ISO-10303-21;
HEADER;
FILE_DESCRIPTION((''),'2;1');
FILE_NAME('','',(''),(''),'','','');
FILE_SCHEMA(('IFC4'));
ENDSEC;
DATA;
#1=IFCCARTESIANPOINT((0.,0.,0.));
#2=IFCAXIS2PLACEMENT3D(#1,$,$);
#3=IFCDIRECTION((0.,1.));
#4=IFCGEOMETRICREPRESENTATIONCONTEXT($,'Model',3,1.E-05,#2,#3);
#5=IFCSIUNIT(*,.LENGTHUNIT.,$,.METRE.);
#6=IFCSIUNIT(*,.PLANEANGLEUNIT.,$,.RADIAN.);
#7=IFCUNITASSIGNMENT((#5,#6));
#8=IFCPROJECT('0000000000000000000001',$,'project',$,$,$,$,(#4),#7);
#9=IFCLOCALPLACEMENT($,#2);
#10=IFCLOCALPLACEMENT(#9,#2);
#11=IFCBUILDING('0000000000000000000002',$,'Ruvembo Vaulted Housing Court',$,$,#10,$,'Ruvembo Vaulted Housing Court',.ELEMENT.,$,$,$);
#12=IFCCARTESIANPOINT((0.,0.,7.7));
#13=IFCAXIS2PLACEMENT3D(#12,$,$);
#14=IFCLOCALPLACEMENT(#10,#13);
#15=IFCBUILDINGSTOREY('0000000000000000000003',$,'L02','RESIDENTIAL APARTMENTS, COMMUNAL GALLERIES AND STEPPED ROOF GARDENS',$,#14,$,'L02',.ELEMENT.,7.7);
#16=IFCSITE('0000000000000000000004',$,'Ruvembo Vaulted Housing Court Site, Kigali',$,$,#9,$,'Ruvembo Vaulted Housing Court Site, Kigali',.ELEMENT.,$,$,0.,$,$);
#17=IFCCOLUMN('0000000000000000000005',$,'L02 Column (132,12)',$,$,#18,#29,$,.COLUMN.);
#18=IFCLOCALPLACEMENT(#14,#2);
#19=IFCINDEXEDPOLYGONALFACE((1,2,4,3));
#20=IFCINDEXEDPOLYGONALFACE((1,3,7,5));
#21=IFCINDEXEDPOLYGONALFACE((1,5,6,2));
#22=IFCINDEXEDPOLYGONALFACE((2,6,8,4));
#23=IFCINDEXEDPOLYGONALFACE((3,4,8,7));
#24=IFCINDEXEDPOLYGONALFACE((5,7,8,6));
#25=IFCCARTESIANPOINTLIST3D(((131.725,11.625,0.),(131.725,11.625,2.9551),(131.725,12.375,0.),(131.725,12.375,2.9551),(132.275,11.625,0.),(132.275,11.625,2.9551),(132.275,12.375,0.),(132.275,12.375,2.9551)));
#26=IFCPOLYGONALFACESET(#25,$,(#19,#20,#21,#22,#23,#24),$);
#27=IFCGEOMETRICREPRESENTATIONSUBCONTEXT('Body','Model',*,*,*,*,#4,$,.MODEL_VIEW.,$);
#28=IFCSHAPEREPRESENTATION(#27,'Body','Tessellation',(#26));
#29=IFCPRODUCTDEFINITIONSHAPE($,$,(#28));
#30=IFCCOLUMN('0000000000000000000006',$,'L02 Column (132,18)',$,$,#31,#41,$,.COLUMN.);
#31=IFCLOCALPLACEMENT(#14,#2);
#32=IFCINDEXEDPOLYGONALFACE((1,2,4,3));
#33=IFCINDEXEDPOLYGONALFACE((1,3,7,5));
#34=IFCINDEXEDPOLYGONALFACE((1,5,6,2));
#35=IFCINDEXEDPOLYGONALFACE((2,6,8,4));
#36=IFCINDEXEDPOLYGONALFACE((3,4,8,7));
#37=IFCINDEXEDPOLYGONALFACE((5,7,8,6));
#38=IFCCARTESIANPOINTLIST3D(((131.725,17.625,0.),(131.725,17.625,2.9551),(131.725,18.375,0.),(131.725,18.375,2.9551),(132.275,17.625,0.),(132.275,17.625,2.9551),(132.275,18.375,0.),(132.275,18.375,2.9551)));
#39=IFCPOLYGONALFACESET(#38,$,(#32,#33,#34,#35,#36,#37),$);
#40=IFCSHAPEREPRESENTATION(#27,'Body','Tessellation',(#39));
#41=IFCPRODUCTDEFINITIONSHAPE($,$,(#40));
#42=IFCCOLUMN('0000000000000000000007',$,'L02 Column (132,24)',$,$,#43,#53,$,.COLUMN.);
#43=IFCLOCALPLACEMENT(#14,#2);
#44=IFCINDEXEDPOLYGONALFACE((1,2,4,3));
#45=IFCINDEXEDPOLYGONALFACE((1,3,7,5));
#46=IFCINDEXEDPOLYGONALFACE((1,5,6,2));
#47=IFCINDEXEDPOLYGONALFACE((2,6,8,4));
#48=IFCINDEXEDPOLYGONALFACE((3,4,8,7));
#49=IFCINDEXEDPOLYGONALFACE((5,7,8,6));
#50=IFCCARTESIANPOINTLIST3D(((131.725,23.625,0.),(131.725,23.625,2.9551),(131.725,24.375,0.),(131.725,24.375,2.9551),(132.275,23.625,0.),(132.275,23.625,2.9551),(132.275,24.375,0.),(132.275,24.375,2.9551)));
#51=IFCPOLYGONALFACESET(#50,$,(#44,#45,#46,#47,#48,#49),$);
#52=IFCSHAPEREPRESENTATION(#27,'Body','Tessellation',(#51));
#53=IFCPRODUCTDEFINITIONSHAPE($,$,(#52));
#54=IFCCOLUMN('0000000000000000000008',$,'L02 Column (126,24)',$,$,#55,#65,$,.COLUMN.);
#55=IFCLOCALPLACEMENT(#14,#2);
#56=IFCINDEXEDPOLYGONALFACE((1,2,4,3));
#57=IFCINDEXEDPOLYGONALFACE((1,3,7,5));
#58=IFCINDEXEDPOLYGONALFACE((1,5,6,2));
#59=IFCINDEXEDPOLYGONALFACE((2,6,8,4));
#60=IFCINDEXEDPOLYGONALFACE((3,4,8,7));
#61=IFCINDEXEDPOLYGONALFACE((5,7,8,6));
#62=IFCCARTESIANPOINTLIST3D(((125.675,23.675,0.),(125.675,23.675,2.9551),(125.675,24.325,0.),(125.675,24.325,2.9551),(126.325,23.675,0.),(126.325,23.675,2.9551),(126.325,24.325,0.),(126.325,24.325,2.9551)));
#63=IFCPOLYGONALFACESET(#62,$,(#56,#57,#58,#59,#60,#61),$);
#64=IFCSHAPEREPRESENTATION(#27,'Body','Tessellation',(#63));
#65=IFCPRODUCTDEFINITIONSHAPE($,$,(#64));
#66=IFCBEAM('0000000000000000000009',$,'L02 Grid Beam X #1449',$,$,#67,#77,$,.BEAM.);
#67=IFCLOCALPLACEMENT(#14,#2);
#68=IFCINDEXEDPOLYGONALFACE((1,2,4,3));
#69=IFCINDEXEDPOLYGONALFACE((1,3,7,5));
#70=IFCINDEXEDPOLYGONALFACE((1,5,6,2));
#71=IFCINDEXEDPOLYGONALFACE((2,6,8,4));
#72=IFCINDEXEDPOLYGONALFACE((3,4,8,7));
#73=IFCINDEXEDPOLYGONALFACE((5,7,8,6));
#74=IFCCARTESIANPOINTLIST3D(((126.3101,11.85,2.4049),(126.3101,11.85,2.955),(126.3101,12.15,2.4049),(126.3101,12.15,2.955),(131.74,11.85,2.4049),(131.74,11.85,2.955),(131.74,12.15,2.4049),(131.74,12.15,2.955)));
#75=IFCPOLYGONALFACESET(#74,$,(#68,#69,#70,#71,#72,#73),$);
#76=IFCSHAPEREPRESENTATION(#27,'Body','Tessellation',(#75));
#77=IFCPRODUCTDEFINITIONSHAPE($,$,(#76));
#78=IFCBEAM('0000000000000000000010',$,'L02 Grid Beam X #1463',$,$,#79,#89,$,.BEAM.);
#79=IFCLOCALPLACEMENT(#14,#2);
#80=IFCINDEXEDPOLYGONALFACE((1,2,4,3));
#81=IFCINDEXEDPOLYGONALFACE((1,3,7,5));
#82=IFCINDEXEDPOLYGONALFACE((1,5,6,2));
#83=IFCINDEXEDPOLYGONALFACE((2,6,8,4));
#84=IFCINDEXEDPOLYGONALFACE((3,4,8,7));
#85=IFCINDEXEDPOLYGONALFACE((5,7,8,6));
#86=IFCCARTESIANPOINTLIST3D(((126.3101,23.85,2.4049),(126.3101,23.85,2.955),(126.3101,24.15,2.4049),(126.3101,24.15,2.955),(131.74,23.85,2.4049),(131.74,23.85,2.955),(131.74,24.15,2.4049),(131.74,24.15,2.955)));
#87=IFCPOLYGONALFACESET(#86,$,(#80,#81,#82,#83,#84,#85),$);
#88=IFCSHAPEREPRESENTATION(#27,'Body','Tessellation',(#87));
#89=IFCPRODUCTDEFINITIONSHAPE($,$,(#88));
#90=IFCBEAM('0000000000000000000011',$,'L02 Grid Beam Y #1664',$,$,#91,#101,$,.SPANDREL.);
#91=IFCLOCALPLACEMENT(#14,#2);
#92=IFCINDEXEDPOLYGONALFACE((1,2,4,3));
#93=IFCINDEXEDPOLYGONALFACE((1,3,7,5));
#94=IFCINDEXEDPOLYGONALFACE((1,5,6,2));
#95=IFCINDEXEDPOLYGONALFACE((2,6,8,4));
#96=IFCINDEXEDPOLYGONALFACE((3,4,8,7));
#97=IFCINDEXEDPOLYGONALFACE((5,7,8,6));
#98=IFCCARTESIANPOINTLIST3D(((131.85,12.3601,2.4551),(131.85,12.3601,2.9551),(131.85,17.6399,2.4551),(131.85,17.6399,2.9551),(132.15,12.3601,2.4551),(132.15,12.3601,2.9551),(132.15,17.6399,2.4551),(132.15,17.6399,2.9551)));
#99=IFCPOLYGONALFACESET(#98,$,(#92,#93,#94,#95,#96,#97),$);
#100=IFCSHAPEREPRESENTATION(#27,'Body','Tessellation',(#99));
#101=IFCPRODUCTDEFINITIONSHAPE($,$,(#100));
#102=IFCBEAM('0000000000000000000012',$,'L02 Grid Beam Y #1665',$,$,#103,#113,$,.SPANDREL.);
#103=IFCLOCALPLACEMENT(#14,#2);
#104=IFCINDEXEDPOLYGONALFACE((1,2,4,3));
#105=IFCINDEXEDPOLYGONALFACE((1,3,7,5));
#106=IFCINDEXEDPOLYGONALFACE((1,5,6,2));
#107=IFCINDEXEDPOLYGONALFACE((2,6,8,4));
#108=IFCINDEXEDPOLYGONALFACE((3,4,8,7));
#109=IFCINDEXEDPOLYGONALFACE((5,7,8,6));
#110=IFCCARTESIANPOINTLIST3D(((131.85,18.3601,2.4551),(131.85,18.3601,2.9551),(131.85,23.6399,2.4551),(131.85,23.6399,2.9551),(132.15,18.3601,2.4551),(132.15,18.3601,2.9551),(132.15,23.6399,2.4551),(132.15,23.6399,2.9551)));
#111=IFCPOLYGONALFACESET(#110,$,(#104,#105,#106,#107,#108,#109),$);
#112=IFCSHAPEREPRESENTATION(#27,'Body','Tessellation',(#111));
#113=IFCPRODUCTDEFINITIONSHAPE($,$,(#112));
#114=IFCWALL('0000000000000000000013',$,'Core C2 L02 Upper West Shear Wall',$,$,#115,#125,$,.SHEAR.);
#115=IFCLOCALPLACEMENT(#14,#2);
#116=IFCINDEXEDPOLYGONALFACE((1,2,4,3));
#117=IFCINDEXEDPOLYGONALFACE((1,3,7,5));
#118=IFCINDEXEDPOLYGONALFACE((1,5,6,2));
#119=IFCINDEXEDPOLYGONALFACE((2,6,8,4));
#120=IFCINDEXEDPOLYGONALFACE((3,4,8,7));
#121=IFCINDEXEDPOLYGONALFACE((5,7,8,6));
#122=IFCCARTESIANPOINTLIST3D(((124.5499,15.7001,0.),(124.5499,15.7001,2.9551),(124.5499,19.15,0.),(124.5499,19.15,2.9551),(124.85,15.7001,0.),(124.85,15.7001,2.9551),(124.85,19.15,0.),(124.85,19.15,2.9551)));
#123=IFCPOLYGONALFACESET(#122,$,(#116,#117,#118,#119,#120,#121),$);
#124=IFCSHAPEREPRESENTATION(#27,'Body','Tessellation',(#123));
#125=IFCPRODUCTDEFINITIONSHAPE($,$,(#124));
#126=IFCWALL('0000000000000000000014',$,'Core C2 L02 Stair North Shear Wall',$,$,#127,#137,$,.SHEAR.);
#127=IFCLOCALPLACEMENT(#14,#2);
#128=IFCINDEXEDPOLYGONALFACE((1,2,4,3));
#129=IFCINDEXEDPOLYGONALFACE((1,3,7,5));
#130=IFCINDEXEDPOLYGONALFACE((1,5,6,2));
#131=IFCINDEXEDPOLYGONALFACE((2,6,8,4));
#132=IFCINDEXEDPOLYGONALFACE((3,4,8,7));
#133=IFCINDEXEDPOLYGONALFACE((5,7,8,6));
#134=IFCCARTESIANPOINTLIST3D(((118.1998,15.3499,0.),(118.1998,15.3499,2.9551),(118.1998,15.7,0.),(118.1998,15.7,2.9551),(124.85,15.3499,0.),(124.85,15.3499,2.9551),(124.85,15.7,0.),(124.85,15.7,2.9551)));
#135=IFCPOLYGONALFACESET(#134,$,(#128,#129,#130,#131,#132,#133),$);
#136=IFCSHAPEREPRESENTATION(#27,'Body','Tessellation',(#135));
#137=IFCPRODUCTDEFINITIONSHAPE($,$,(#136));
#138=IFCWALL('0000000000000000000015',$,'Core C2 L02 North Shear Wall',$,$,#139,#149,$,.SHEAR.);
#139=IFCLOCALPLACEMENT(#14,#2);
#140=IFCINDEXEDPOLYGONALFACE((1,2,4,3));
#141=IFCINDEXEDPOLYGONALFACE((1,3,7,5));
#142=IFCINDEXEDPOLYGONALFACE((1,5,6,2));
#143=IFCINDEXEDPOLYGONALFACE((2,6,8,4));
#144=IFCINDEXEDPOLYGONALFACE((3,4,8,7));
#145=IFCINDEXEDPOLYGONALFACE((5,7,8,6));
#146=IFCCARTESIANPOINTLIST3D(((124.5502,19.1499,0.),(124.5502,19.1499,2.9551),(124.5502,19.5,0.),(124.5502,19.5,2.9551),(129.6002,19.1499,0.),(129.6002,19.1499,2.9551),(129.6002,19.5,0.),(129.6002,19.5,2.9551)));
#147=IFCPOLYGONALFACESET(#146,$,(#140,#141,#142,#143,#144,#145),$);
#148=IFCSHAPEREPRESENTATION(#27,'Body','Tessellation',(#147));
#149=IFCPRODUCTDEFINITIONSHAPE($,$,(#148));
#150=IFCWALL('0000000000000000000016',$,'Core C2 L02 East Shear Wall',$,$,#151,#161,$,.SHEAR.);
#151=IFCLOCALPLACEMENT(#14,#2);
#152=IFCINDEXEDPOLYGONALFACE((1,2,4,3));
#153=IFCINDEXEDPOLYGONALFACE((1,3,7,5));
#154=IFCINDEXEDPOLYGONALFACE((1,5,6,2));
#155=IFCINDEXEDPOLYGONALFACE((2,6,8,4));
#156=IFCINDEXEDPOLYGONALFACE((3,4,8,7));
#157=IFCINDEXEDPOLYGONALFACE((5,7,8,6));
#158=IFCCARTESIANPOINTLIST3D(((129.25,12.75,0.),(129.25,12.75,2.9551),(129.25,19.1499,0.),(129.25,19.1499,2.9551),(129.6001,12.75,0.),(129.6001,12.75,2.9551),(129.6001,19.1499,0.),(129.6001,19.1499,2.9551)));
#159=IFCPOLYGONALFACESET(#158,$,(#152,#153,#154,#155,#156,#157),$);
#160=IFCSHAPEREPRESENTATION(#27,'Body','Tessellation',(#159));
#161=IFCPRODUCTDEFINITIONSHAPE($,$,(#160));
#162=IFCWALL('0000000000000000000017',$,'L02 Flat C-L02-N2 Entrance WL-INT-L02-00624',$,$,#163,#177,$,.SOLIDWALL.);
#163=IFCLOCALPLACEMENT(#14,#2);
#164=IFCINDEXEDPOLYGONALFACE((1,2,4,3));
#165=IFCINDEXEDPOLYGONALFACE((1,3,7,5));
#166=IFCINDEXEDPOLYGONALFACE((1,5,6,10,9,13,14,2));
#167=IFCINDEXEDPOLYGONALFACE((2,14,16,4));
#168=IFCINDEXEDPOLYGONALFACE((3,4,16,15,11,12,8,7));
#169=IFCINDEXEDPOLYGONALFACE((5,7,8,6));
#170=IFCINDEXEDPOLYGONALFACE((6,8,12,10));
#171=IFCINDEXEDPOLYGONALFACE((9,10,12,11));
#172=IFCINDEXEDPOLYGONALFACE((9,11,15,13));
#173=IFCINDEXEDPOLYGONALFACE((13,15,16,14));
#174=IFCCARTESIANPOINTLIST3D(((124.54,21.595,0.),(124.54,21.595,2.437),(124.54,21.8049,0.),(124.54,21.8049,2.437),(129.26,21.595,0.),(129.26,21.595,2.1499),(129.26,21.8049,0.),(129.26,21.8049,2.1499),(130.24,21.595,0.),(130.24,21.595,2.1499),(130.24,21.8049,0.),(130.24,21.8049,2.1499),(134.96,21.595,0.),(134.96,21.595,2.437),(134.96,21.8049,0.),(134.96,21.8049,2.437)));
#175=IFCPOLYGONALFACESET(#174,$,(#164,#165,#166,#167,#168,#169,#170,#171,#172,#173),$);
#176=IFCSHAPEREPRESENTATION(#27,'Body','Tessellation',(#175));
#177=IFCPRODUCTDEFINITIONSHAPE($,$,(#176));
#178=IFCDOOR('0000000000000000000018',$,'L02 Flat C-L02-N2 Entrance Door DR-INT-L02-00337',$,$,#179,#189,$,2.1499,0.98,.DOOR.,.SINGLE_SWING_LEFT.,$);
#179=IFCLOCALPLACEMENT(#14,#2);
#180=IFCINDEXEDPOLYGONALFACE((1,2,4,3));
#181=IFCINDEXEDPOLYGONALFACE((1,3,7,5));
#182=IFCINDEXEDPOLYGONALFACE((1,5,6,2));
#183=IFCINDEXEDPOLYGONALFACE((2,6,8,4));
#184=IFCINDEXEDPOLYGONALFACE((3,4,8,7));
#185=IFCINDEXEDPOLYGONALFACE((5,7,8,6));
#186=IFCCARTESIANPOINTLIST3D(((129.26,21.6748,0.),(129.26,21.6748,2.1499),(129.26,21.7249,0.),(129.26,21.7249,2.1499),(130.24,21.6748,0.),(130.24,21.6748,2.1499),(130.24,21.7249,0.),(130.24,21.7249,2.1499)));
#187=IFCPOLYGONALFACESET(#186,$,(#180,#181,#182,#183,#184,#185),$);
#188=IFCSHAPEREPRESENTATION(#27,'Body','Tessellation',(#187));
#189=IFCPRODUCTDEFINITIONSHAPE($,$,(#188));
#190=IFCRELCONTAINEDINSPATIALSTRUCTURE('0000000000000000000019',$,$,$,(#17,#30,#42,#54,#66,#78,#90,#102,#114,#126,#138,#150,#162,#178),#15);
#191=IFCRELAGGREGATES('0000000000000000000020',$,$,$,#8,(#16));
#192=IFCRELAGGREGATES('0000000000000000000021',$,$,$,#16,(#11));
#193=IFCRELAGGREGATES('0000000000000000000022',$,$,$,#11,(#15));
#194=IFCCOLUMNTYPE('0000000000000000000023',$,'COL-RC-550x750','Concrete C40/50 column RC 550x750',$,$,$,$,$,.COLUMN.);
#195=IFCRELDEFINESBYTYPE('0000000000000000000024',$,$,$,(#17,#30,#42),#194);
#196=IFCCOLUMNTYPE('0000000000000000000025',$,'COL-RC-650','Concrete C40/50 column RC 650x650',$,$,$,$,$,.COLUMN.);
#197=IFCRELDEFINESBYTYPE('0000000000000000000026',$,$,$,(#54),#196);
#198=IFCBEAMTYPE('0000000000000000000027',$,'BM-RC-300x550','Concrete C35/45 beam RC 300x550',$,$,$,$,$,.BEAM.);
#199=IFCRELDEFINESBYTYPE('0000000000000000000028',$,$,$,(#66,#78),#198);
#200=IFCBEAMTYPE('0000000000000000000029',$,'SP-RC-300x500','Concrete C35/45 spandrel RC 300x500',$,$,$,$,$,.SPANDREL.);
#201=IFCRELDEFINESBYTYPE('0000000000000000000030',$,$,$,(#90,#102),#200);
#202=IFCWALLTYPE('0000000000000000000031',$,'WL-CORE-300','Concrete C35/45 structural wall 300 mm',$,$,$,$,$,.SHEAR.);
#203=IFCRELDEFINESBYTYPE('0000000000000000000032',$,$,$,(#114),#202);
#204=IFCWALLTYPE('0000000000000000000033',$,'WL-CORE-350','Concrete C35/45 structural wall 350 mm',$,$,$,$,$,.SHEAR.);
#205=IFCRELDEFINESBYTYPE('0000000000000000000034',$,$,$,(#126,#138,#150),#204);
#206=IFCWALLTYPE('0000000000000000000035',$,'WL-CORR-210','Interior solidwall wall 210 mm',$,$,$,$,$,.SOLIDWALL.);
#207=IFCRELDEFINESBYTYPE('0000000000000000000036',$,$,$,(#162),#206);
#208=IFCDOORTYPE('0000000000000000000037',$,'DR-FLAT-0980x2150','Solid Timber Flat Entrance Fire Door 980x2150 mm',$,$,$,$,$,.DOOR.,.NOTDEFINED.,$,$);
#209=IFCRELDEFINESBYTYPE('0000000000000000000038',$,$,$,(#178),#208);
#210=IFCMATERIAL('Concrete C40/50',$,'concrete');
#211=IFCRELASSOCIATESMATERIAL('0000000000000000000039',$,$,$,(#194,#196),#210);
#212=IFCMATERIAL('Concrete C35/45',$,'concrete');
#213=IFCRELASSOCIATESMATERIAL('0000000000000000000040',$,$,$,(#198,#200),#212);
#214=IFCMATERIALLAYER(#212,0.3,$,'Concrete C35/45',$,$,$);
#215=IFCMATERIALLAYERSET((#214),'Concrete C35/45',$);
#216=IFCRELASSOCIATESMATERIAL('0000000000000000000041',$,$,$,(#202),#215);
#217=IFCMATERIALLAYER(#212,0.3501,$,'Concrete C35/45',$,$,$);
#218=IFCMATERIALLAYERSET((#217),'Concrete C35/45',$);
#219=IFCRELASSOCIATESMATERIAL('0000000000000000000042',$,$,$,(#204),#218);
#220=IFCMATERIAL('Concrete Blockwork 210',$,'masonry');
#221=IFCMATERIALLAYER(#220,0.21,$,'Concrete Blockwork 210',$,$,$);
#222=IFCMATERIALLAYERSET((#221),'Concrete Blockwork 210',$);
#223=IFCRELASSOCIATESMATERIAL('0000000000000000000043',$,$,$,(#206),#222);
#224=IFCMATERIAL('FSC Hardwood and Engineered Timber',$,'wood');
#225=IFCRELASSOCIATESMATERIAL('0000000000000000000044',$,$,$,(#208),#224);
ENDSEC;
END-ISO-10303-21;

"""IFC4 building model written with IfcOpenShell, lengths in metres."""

from ifc_helpers import new_model, si_unit, direction, frame, frame_2d, origin, origin_2d, place, context, subcontext, project, spatial, rectangle, extrude, material, layer, layer_set, material_profile, profile_set, type_object, element, fill, save


model = new_model("IFC4")

# Units and contexts
model_context = context("Model", 3, precision=1e-05, world=origin(), true_north=direction((0.0, 1.0)))
body_context = subcontext(model_context, "Body", "Model", "MODEL_VIEW")
ifc_project = project(units=[si_unit("LENGTHUNIT", "METRE"), si_unit("PLANEANGLEUNIT", "RADIAN")], contexts=[model_context])

# Site, building, storey
site_placement = place(None, origin())
site = spatial("IfcSite", under=ifc_project, at=site_placement, Name="Ruvembo Vaulted Housing Court Site, Kigali", LongName="Ruvembo Vaulted Housing Court Site, Kigali", CompositionType="ELEMENT", RefElevation=0.0)
building_placement = place(site_placement, origin())
building = spatial("IfcBuilding", under=site, at=building_placement, Name="Ruvembo Vaulted Housing Court", LongName="Ruvembo Vaulted Housing Court", CompositionType="ELEMENT")
storey_placement = place(building_placement, frame((0.0, 0.0, 7.7)))
storey = spatial("IfcBuildingStorey", under=building, at=storey_placement, Name="L02", Description="RESIDENTIAL APARTMENTS, COMMUNAL GALLERIES AND STEPPED ROOF GARDENS", LongName="L02", CompositionType="ELEMENT", Elevation=7.7)

# Columns
ifc_material_1 = material(Name="Concrete C40/50", Category="concrete")
ifc_material_profile_1 = material_profile(ifc_material_1, rectangle(XDim=0.55, YDim=0.75, at=origin_2d()), Name="RC 550x750")
ifc_profile_set_1 = profile_set([ifc_material_profile_1], Name="Concrete C40/50")
column_type_1 = type_object("IfcColumnType", Name="COL-RC-550x750", Description="Concrete C40/50 column RC 550x750", PredefinedType="COLUMN", material=ifc_profile_set_1)
for number, where, z_axis, x_axis, name in (
    (1, (132.0, 12.0, 0.0), (0.0, 0.0, 1.0), (1.0, 0.0, 0.0), "L02 Column (132,12)"),
    (2, (132.0, 18.0, 0.0), (0.0, 0.0, 1.0), (1.0, 0.0, 0.0), "L02 Column (132,18)"),
    (3, (132.0, 24.0, 0.0), (0.0, 0.0, 1.0), (1.0, 0.0, 0.0), "L02 Column (132,24)"),
):
    element("IfcColumn", number, at=place(storey_placement, frame(where, z_axis=z_axis, x_axis=x_axis)), inside=storey, type_object=column_type_1, Name=name, PredefinedType="COLUMN", context=body_context, shape_type="SweptSolid", body=[
        extrude(rectangle(XDim=0.55, YDim=0.75, at=origin_2d()), origin(), (0.0, 0.0, 1.0), 2.9551),
    ])
ifc_material_profile_2 = material_profile(ifc_material_1, rectangle(XDim=0.6499, YDim=0.6499, at=origin_2d()), Name="RC 650x650")
ifc_profile_set_2 = profile_set([ifc_material_profile_2], Name="Concrete C40/50")
column_type_2 = type_object("IfcColumnType", Name="COL-RC-650", Description="Concrete C40/50 column RC 650x650", PredefinedType="COLUMN", material=ifc_profile_set_2)
column_placement = place(storey_placement, frame((126.0, 24.0, 0.0), z_axis=(0.0, 0.0, 1.0), x_axis=(1.0, 0.0, 0.0)))
element("IfcColumn", 4, at=column_placement, inside=storey, type_object=column_type_2, Name="L02 Column (126,24)", PredefinedType="COLUMN", context=body_context, shape_type="SweptSolid", body=[
    extrude(rectangle(XDim=0.6499, YDim=0.6499, at=origin_2d()), origin(), (0.0, 0.0, 1.0), 2.9551),
])

# Beams
ifc_material_2 = material(Name="Concrete C35/45", Category="concrete")
ifc_material_profile_3 = material_profile(ifc_material_2, rectangle(XDim=0.3, YDim=0.55, at=origin_2d()), Name="RC 300x550")
ifc_profile_set_3 = profile_set([ifc_material_profile_3], Name="Concrete C35/45")
beam_type_1 = type_object("IfcBeamType", Name="BM-RC-300x550", Description="Concrete C35/45 beam RC 300x550", PredefinedType="BEAM", material=ifc_profile_set_3)
for number, where, z_axis, x_axis, name in (
    (5, (126.3101, 12.0, 2.6799), (1.0, 0.0, 0.0), (0.0, 1.0, 0.0), "L02 Grid Beam X #1449"),
    (6, (126.3101, 24.0, 2.6799), (1.0, 0.0, 0.0), (0.0, 1.0, 0.0), "L02 Grid Beam X #1463"),
):
    element("IfcBeam", number, at=place(storey_placement, frame(where, z_axis=z_axis, x_axis=x_axis)), inside=storey, type_object=beam_type_1, Name=name, PredefinedType="BEAM", context=body_context, shape_type="SweptSolid", body=[
        extrude(rectangle(XDim=0.3, YDim=0.55, at=origin_2d()), origin(), (0.0, 0.0, 1.0), 5.4299),
    ])
ifc_material_profile_4 = material_profile(ifc_material_2, rectangle(XDim=0.3, YDim=0.5, at=origin_2d()), Name="RC 300x500")
ifc_profile_set_4 = profile_set([ifc_material_profile_4], Name="Concrete C35/45")
beam_type_2 = type_object("IfcBeamType", Name="SP-RC-300x500", Description="Concrete C35/45 spandrel RC 300x500", PredefinedType="SPANDREL", material=ifc_profile_set_4)
for number, where, z_axis, x_axis, name in (
    (7, (132.0, 12.3601, 2.7051), (0.0, 1.0, 0.0), (-1.0, 0.0, 0.0), "L02 Grid Beam Y #1664"),
    (8, (132.0, 18.3601, 2.7051), (0.0, 1.0, 0.0), (-1.0, 0.0, 0.0), "L02 Grid Beam Y #1665"),
):
    element("IfcBeam", number, at=place(storey_placement, frame(where, z_axis=z_axis, x_axis=x_axis)), inside=storey, type_object=beam_type_2, Name=name, PredefinedType="SPANDREL", context=body_context, shape_type="SweptSolid", body=[
        extrude(rectangle(XDim=0.3, YDim=0.5, at=origin_2d()), origin(), (0.0, 0.0, 1.0), 5.2798),
    ])

# Shared definitions
ifc_layer_1 = layer(ifc_material_2, 0.3, Name="Concrete C35/45")
ifc_layer_set_1 = layer_set([ifc_layer_1], Name="Concrete C35/45")
wall_type_1 = type_object("IfcWallType", Name="WL-CORE-300", Description="Concrete C35/45 structural wall 300 mm", PredefinedType="SHEAR", material=ifc_layer_set_1)

# Walls
wall_1_placement = place(storey_placement, frame((124.7, 15.7, 0.0), z_axis=(0.0, 0.0, 1.0), x_axis=(0.0, 1.0, 0.0)))
element("IfcWall", 9, at=wall_1_placement, inside=storey, type_object=wall_type_1, Name="Core C2 L02 Upper West Shear Wall", PredefinedType="SHEAR", context=body_context, shape_type="SweptSolid", body=[
    extrude(rectangle(XDim=3.45, YDim=0.3, at=frame_2d((1.7251, 0.0))), origin(), (0.0, 0.0, 1.0), 2.9551),
])
ifc_layer_2 = layer(ifc_material_2, 0.3501, Name="Concrete C35/45")
ifc_layer_set_2 = layer_set([ifc_layer_2], Name="Concrete C35/45")
wall_type_2 = type_object("IfcWallType", Name="WL-CORE-350", Description="Concrete C35/45 structural wall 350 mm", PredefinedType="SHEAR", material=ifc_layer_set_2)
wall_2_placement = place(storey_placement, frame((124.8501, 15.5249, 0.0), z_axis=(0.0, 0.0, 1.0), x_axis=(-1.0, 0.0, 0.0)))
element("IfcWall", 10, at=wall_2_placement, inside=storey, type_object=wall_type_2, Name="Core C2 L02 Stair North Shear Wall", PredefinedType="SHEAR", context=body_context, shape_type="SweptSolid", body=[
    extrude(rectangle(XDim=6.6501, YDim=0.3501, at=frame_2d((3.3252, 0.0))), origin(), (0.0, 0.0, 1.0), 2.9551),
])
wall_3_placement = place(storey_placement, frame((129.6001, 19.325, 0.0), z_axis=(0.0, 0.0, 1.0), x_axis=(-1.0, 0.0, 0.0)))
element("IfcWall", 11, at=wall_3_placement, inside=storey, type_object=wall_type_2, Name="Core C2 L02 North Shear Wall", PredefinedType="SHEAR", context=body_context, shape_type="SweptSolid", body=[
    extrude(rectangle(XDim=5.05, YDim=0.3501, at=frame_2d((2.5249, 0.0))), origin(), (0.0, 0.0, 1.0), 2.9551),
])
wall_4_placement = place(storey_placement, frame((129.425, 12.75, 0.0), z_axis=(0.0, 0.0, 1.0), x_axis=(0.0, 1.0, 0.0)))
element("IfcWall", 12, at=wall_4_placement, inside=storey, type_object=wall_type_2, Name="Core C2 L02 East Shear Wall", PredefinedType="SHEAR", context=body_context, shape_type="SweptSolid", body=[
    extrude(rectangle(XDim=6.3999, YDim=0.3501, at=frame_2d((3.2, 0.0))), origin(), (0.0, 0.0, 1.0), 2.9551),
])

# Wall, opening, door
ifc_material_3 = material(Name="Concrete Blockwork 210", Category="masonry")
ifc_layer_3 = layer(ifc_material_3, 0.21, Name="Concrete Blockwork 210")
ifc_layer_set_3 = layer_set([ifc_layer_3], Name="Concrete Blockwork 210")
wall_type_3 = type_object("IfcWallType", Name="WL-CORR-210", Description="Interior solidwall wall 210 mm", PredefinedType="SOLIDWALL", material=ifc_layer_set_3)
wall_5_placement = place(storey_placement, frame((124.54, 21.7, 0.0), z_axis=(0.0, 0.0, 1.0), x_axis=(1.0, 0.0, 0.0)))
wall_5 = element("IfcWall", 13, at=wall_5_placement, inside=storey, type_object=wall_type_3, Name="L02 Flat C-L02-N2 Entrance WL-INT-L02-00624", PredefinedType="SOLIDWALL", context=body_context, shape_type="SweptSolid", body=[
    extrude(rectangle(XDim=10.4199, YDim=0.21, at=frame_2d((5.21, 0.0))), origin(), (0.0, 0.0, 1.0), 2.437),
])
opening_1_placement = place(wall_5_placement, frame((4.72, 0.0, 0.0)))
opening_1 = element("IfcOpeningElement", 14, at=opening_1_placement, cuts=wall_5, PredefinedType="OPENING", context=body_context, shape_type="SweptSolid", body=[
    extrude(rectangle(XDim=0.98, YDim=2.1499, at=frame_2d((0.49, 1.075))), frame((0.0, 0.115, 0.0), z_axis=(0.0, -1.0, 0.0), x_axis=(1.0, 0.0, 0.0)), (0.0, 0.0, 1.0), 0.23),
])
ifc_material_4 = material(Name="FSC Hardwood and Engineered Timber", Category="wood")
door_type_1 = type_object("IfcDoorType", Name="DR-FLAT-0980x2150", Description="Solid Timber Flat Entrance Fire Door 980x2150 mm", OperationType="NOTDEFINED", PredefinedType="DOOR", material=ifc_material_4)
door_1_placement = place(opening_1_placement, origin())
door_1 = element("IfcDoor", 15, at=door_1_placement, inside=storey, type_object=door_type_1, Name="L02 Flat C-L02-N2 Entrance Door DR-INT-L02-00337", OperationType="SINGLE_SWING_LEFT", OverallHeight=2.1499, OverallWidth=0.98, PredefinedType="DOOR", context=body_context, shape_type="SweptSolid", body=[
    extrude(rectangle(XDim=0.98, YDim=2.1499, at=frame_2d((0.49, 1.075))), frame((0.0, 0.0249, 0.0), z_axis=(0.0, -1.0, 0.0), x_axis=(1.0, 0.0, 0.0)), (0.0, 0.0, 1.0), 0.05),
])
fill(opening_1, door_1)

save(model, "model.ifc")
